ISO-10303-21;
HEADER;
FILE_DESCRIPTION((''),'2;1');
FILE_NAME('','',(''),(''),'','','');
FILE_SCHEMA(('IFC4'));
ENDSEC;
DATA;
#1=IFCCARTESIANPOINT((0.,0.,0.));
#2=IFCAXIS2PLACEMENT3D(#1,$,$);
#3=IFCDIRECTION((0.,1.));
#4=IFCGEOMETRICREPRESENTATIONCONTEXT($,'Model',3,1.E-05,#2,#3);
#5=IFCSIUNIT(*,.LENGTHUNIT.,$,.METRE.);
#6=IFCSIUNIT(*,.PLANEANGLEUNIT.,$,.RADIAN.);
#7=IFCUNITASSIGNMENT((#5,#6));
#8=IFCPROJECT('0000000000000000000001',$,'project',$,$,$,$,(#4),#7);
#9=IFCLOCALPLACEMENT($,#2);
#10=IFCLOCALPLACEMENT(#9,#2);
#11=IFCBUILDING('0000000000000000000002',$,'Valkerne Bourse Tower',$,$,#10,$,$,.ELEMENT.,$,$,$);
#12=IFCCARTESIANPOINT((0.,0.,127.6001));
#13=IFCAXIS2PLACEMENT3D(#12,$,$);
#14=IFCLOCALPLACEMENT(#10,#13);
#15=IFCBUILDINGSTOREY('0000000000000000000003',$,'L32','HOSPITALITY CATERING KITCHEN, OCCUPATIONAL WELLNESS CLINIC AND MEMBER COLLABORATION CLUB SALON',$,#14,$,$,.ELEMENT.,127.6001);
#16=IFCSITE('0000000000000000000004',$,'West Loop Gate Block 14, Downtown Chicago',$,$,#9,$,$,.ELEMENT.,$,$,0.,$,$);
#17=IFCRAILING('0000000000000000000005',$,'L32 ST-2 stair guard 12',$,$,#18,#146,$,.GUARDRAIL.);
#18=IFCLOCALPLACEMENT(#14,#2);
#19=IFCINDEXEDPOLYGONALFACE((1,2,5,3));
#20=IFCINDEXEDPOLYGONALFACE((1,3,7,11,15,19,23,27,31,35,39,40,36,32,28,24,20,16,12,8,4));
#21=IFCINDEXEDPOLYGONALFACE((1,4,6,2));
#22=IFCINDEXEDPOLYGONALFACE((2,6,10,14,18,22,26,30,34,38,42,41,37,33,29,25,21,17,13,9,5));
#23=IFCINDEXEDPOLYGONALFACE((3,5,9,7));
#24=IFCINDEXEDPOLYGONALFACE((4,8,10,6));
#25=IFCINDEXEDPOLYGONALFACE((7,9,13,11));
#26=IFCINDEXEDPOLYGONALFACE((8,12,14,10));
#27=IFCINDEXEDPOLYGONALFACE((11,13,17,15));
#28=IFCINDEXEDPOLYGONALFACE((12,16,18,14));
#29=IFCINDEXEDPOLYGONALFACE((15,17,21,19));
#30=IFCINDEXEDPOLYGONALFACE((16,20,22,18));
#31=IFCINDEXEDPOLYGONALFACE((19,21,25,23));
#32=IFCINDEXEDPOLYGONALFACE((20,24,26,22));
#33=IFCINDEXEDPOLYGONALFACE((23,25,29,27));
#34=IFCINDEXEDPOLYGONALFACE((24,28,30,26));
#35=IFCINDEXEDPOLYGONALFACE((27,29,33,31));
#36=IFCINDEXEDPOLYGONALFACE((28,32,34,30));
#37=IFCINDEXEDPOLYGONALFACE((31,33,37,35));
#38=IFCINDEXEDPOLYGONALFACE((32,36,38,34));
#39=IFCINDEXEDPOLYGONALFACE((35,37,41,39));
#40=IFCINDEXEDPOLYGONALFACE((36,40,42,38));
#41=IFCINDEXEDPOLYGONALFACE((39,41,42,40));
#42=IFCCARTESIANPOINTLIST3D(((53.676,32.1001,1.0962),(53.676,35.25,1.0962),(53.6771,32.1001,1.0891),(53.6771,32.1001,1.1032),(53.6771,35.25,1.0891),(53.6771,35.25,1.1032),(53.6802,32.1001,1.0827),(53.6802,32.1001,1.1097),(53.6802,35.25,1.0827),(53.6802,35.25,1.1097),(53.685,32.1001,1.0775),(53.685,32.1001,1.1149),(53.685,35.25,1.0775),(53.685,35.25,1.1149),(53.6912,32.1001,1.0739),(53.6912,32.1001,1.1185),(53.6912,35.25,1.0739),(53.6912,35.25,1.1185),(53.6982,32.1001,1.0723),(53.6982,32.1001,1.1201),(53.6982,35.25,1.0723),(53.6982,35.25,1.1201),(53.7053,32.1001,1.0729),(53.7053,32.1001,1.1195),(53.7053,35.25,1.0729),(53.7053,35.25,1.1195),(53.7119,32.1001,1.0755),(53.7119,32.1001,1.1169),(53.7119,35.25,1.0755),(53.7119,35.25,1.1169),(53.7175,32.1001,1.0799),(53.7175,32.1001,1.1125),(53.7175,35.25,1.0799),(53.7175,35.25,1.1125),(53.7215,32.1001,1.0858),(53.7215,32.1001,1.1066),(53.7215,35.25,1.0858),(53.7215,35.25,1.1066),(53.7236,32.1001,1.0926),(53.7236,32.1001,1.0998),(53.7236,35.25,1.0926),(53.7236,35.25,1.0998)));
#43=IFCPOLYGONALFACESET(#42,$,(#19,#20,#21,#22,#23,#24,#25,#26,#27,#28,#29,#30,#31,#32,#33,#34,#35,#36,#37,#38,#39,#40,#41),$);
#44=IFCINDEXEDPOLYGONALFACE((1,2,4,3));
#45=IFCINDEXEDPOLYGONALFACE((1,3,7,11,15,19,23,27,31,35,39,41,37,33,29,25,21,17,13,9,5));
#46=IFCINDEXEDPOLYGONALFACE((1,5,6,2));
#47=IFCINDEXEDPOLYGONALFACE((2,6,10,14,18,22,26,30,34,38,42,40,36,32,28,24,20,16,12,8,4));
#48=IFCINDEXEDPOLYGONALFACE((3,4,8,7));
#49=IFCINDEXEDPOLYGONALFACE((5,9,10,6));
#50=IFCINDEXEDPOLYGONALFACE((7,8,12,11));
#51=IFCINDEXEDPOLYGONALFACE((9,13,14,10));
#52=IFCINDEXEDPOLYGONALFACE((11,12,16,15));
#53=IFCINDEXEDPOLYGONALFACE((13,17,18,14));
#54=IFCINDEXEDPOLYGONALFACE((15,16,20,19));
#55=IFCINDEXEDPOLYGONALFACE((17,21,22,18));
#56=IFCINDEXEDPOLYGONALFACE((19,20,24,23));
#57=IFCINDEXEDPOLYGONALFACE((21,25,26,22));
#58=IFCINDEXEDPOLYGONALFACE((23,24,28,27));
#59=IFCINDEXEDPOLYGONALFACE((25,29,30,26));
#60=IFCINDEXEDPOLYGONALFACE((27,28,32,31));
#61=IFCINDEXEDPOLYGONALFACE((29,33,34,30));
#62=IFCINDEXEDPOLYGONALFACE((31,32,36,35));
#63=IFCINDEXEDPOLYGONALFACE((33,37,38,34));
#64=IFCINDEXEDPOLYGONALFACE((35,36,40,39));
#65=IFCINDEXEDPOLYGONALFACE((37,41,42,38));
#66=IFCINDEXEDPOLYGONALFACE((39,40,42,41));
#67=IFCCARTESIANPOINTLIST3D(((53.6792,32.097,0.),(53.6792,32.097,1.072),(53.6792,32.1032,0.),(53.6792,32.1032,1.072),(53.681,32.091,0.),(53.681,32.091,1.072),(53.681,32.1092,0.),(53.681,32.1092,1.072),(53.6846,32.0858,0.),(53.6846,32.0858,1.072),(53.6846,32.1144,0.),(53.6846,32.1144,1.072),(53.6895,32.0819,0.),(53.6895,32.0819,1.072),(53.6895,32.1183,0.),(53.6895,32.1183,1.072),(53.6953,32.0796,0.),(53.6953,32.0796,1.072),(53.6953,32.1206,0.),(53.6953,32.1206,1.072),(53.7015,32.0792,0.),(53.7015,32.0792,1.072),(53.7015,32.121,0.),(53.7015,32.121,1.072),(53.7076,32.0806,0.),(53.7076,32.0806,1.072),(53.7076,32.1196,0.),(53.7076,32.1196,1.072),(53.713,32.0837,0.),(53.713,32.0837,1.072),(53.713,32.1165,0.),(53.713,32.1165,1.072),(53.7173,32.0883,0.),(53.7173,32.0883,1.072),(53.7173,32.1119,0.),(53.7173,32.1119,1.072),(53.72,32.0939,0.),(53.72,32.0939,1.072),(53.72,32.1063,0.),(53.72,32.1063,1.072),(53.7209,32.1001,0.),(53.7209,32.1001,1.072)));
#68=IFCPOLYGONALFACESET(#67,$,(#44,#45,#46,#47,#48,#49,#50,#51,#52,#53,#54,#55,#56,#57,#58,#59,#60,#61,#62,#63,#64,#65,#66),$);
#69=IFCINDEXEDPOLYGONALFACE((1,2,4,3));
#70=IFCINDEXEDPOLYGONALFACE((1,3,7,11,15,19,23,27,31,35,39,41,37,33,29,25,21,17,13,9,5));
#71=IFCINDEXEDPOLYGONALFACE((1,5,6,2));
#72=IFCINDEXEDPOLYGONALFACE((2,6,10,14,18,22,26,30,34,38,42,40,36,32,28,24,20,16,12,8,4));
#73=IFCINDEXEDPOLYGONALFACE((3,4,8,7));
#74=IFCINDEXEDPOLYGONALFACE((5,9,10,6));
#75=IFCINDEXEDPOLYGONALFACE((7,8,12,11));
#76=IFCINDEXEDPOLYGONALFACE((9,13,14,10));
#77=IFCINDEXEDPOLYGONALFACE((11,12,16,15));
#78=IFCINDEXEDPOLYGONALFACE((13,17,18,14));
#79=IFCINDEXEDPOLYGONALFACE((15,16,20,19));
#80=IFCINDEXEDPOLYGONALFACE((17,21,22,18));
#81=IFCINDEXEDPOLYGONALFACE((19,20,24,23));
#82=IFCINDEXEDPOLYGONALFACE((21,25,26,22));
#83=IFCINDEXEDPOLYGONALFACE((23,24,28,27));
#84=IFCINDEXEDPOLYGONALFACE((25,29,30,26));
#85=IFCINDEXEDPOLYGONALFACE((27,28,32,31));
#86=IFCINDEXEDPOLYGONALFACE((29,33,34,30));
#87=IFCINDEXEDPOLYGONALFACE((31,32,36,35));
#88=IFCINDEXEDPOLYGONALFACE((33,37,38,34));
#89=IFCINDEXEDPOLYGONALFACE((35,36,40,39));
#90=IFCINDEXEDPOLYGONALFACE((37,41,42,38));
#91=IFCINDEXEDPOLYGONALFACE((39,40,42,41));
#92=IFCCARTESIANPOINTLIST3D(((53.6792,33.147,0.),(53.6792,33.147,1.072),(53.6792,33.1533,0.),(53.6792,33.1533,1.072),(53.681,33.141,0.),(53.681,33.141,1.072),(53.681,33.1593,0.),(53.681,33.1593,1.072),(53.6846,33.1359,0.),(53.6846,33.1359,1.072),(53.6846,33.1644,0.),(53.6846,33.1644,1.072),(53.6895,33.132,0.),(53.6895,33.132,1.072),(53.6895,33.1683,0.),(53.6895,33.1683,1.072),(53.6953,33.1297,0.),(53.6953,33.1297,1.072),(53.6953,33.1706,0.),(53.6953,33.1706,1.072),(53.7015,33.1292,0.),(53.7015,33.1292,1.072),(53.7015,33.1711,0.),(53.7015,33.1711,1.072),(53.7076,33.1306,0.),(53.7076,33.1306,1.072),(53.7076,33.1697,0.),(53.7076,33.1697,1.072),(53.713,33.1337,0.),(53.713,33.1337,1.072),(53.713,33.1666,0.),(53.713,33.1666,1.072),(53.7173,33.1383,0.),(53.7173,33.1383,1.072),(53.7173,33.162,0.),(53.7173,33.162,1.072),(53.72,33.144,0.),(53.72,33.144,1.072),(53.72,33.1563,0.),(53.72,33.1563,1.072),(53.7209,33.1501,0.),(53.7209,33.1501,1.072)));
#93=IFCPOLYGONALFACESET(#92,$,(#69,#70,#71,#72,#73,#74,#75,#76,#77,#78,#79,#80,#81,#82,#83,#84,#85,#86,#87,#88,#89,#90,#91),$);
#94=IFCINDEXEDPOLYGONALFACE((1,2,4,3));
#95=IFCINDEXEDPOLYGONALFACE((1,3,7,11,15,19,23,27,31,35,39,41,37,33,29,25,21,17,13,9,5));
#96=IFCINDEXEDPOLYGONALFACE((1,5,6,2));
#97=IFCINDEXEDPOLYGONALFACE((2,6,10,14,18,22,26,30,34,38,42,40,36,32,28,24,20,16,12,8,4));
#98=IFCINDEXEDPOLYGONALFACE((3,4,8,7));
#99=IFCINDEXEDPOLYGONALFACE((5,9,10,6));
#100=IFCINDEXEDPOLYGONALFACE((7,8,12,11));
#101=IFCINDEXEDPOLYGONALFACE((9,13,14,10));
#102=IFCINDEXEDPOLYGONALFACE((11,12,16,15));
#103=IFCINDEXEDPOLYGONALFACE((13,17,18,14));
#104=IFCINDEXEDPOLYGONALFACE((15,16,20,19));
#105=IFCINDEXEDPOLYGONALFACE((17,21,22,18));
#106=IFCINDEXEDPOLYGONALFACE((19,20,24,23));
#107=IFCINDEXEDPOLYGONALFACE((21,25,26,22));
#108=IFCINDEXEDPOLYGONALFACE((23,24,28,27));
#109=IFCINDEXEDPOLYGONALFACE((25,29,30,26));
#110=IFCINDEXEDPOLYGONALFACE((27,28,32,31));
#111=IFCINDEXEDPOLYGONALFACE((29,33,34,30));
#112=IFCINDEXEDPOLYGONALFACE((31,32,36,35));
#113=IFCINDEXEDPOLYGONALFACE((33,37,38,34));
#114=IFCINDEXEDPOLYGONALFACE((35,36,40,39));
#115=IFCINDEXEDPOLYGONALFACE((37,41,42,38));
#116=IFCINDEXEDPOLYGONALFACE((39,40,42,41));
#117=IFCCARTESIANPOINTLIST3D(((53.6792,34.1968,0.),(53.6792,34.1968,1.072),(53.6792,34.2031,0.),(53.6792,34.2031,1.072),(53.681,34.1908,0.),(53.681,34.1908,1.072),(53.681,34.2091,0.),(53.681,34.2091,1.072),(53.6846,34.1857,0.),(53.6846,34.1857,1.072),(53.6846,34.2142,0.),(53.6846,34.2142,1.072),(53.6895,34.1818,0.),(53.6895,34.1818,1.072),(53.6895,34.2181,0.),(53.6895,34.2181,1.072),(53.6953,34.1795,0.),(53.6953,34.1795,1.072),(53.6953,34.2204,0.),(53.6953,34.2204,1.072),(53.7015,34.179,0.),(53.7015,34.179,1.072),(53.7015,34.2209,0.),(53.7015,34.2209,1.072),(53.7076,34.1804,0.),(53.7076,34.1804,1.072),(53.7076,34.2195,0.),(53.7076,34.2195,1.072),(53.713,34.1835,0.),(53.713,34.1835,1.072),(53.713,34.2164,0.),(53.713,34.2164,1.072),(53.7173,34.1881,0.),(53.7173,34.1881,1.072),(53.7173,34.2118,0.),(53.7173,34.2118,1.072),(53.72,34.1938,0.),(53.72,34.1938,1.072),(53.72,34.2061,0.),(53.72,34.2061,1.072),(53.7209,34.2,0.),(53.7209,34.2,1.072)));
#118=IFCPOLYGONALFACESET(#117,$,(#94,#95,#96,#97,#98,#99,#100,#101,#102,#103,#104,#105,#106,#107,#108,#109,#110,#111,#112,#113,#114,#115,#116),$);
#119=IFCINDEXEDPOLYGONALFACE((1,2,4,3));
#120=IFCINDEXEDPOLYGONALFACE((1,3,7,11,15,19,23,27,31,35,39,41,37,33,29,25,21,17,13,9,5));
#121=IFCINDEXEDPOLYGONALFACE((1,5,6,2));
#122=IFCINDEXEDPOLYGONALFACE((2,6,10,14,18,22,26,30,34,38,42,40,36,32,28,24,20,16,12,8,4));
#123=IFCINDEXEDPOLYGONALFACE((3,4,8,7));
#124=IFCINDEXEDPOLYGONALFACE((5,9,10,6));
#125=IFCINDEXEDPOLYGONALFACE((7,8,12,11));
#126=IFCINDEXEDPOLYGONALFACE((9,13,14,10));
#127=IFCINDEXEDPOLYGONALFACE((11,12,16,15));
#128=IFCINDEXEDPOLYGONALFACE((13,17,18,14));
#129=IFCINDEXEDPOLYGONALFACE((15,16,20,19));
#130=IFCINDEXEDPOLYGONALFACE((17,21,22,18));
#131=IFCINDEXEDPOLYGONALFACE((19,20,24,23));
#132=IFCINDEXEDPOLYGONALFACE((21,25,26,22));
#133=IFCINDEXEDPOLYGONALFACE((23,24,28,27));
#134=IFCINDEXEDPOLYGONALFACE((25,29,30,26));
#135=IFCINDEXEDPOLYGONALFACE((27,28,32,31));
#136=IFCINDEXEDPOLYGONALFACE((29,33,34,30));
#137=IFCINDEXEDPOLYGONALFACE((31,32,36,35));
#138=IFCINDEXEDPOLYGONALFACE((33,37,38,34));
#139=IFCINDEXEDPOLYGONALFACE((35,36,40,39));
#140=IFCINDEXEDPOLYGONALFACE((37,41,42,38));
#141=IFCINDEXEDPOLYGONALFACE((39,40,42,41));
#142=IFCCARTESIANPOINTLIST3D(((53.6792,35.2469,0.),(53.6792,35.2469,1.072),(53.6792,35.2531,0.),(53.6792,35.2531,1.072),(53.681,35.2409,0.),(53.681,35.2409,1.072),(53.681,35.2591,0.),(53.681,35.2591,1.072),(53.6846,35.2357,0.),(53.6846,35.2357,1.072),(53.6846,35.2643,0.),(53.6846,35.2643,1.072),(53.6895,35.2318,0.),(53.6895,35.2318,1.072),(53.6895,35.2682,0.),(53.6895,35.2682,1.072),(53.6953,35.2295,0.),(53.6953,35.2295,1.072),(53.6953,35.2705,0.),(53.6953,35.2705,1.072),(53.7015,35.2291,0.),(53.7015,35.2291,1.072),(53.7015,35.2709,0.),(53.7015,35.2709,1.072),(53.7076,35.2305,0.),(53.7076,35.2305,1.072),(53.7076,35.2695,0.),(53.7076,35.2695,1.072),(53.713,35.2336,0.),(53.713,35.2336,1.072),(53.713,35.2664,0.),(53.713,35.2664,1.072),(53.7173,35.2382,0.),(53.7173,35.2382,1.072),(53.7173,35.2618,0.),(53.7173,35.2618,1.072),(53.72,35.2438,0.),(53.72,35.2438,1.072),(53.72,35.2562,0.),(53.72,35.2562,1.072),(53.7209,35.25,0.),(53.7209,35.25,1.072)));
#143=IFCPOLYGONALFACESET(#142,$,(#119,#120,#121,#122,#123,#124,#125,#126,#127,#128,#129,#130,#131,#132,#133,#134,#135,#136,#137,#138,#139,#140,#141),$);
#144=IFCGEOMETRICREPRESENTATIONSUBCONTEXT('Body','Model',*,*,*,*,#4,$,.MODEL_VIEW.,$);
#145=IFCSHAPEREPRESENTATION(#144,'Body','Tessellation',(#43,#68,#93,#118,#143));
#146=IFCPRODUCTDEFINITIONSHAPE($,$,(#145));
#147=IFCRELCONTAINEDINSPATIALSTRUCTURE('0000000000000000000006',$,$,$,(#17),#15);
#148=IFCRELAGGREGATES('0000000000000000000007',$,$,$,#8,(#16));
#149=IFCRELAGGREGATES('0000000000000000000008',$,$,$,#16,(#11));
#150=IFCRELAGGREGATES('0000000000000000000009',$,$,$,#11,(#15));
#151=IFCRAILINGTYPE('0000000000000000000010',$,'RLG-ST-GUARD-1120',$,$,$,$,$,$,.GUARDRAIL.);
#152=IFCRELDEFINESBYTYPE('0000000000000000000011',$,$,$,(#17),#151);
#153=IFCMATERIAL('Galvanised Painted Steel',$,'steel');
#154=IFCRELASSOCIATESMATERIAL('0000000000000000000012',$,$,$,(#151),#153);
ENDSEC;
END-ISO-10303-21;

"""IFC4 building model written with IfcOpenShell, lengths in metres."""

from ifc_helpers import new_model, si_unit, direction, frame, origin, origin_2d, place, context, subcontext, project, spatial, circle, extrude, material, type_object, element, save


model = new_model("IFC4")

# Units and contexts
model_context = context("Model", 3, precision=1e-05, world=origin(), true_north=direction((0.0, 1.0)))
body_context = subcontext(model_context, "Body", "Model", "MODEL_VIEW")
ifc_project = project(units=[si_unit("LENGTHUNIT", "METRE"), si_unit("PLANEANGLEUNIT", "RADIAN")], contexts=[model_context])

# Site, building, storey
site_placement = place(None, origin())
site = spatial("IfcSite", under=ifc_project, at=site_placement, Name="West Loop Gate Block 14, Downtown Chicago", CompositionType="ELEMENT", RefElevation=0.0)
building_placement = place(site_placement, origin())
building = spatial("IfcBuilding", under=site, at=building_placement, Name="Valkerne Bourse Tower", CompositionType="ELEMENT")
storey_placement = place(building_placement, frame((0.0, 0.0, 127.6001)))
storey = spatial("IfcBuildingStorey", under=building, at=storey_placement, Name="L32", Description="HOSPITALITY CATERING KITCHEN, OCCUPATIONAL WELLNESS CLINIC AND MEMBER COLLABORATION CLUB SALON", CompositionType="ELEMENT", Elevation=127.6001)

# Railing
ifc_material_1 = material(Name="Galvanised Painted Steel", Category="steel")
railing_type_1 = type_object("IfcRailingType", Name="RLG-ST-GUARD-1120", PredefinedType="GUARDRAIL", material=ifc_material_1)
railing_1_placement = place(storey_placement, frame((53.7, 32.1001, 0.0)))
element("IfcRailing", 1, at=railing_1_placement, inside=storey, type_object=railing_type_1, Name="L32 ST-2 stair guard 12", PredefinedType="GUARDRAIL", context=body_context, shape_type="SweptSolid", body=[
    extrude(circle(Radius=0.0239, at=origin_2d()), frame((0.0, 0.0, 1.0962), z_axis=(0.0, 1.0, 0.0), x_axis=(-1.0, 0.0, 0.0)), (0.0, 0.0, 1.0), 3.1499),
    extrude(circle(Radius=0.021, at=origin_2d()), origin(), (0.0, 0.0, 1.0), 1.072),
    extrude(circle(Radius=0.021, at=origin_2d()), frame((0.0, 1.05, 0.0)), (0.0, 0.0, 1.0), 1.072),
    extrude(circle(Radius=0.021, at=origin_2d()), frame((0.0, 2.0999, 0.0)), (0.0, 0.0, 1.0), 1.072),
    extrude(circle(Radius=0.021, at=origin_2d()), frame((0.0, 3.1499, 0.0)), (0.0, 0.0, 1.0), 1.072),
])

save(model, "model.ifc")
